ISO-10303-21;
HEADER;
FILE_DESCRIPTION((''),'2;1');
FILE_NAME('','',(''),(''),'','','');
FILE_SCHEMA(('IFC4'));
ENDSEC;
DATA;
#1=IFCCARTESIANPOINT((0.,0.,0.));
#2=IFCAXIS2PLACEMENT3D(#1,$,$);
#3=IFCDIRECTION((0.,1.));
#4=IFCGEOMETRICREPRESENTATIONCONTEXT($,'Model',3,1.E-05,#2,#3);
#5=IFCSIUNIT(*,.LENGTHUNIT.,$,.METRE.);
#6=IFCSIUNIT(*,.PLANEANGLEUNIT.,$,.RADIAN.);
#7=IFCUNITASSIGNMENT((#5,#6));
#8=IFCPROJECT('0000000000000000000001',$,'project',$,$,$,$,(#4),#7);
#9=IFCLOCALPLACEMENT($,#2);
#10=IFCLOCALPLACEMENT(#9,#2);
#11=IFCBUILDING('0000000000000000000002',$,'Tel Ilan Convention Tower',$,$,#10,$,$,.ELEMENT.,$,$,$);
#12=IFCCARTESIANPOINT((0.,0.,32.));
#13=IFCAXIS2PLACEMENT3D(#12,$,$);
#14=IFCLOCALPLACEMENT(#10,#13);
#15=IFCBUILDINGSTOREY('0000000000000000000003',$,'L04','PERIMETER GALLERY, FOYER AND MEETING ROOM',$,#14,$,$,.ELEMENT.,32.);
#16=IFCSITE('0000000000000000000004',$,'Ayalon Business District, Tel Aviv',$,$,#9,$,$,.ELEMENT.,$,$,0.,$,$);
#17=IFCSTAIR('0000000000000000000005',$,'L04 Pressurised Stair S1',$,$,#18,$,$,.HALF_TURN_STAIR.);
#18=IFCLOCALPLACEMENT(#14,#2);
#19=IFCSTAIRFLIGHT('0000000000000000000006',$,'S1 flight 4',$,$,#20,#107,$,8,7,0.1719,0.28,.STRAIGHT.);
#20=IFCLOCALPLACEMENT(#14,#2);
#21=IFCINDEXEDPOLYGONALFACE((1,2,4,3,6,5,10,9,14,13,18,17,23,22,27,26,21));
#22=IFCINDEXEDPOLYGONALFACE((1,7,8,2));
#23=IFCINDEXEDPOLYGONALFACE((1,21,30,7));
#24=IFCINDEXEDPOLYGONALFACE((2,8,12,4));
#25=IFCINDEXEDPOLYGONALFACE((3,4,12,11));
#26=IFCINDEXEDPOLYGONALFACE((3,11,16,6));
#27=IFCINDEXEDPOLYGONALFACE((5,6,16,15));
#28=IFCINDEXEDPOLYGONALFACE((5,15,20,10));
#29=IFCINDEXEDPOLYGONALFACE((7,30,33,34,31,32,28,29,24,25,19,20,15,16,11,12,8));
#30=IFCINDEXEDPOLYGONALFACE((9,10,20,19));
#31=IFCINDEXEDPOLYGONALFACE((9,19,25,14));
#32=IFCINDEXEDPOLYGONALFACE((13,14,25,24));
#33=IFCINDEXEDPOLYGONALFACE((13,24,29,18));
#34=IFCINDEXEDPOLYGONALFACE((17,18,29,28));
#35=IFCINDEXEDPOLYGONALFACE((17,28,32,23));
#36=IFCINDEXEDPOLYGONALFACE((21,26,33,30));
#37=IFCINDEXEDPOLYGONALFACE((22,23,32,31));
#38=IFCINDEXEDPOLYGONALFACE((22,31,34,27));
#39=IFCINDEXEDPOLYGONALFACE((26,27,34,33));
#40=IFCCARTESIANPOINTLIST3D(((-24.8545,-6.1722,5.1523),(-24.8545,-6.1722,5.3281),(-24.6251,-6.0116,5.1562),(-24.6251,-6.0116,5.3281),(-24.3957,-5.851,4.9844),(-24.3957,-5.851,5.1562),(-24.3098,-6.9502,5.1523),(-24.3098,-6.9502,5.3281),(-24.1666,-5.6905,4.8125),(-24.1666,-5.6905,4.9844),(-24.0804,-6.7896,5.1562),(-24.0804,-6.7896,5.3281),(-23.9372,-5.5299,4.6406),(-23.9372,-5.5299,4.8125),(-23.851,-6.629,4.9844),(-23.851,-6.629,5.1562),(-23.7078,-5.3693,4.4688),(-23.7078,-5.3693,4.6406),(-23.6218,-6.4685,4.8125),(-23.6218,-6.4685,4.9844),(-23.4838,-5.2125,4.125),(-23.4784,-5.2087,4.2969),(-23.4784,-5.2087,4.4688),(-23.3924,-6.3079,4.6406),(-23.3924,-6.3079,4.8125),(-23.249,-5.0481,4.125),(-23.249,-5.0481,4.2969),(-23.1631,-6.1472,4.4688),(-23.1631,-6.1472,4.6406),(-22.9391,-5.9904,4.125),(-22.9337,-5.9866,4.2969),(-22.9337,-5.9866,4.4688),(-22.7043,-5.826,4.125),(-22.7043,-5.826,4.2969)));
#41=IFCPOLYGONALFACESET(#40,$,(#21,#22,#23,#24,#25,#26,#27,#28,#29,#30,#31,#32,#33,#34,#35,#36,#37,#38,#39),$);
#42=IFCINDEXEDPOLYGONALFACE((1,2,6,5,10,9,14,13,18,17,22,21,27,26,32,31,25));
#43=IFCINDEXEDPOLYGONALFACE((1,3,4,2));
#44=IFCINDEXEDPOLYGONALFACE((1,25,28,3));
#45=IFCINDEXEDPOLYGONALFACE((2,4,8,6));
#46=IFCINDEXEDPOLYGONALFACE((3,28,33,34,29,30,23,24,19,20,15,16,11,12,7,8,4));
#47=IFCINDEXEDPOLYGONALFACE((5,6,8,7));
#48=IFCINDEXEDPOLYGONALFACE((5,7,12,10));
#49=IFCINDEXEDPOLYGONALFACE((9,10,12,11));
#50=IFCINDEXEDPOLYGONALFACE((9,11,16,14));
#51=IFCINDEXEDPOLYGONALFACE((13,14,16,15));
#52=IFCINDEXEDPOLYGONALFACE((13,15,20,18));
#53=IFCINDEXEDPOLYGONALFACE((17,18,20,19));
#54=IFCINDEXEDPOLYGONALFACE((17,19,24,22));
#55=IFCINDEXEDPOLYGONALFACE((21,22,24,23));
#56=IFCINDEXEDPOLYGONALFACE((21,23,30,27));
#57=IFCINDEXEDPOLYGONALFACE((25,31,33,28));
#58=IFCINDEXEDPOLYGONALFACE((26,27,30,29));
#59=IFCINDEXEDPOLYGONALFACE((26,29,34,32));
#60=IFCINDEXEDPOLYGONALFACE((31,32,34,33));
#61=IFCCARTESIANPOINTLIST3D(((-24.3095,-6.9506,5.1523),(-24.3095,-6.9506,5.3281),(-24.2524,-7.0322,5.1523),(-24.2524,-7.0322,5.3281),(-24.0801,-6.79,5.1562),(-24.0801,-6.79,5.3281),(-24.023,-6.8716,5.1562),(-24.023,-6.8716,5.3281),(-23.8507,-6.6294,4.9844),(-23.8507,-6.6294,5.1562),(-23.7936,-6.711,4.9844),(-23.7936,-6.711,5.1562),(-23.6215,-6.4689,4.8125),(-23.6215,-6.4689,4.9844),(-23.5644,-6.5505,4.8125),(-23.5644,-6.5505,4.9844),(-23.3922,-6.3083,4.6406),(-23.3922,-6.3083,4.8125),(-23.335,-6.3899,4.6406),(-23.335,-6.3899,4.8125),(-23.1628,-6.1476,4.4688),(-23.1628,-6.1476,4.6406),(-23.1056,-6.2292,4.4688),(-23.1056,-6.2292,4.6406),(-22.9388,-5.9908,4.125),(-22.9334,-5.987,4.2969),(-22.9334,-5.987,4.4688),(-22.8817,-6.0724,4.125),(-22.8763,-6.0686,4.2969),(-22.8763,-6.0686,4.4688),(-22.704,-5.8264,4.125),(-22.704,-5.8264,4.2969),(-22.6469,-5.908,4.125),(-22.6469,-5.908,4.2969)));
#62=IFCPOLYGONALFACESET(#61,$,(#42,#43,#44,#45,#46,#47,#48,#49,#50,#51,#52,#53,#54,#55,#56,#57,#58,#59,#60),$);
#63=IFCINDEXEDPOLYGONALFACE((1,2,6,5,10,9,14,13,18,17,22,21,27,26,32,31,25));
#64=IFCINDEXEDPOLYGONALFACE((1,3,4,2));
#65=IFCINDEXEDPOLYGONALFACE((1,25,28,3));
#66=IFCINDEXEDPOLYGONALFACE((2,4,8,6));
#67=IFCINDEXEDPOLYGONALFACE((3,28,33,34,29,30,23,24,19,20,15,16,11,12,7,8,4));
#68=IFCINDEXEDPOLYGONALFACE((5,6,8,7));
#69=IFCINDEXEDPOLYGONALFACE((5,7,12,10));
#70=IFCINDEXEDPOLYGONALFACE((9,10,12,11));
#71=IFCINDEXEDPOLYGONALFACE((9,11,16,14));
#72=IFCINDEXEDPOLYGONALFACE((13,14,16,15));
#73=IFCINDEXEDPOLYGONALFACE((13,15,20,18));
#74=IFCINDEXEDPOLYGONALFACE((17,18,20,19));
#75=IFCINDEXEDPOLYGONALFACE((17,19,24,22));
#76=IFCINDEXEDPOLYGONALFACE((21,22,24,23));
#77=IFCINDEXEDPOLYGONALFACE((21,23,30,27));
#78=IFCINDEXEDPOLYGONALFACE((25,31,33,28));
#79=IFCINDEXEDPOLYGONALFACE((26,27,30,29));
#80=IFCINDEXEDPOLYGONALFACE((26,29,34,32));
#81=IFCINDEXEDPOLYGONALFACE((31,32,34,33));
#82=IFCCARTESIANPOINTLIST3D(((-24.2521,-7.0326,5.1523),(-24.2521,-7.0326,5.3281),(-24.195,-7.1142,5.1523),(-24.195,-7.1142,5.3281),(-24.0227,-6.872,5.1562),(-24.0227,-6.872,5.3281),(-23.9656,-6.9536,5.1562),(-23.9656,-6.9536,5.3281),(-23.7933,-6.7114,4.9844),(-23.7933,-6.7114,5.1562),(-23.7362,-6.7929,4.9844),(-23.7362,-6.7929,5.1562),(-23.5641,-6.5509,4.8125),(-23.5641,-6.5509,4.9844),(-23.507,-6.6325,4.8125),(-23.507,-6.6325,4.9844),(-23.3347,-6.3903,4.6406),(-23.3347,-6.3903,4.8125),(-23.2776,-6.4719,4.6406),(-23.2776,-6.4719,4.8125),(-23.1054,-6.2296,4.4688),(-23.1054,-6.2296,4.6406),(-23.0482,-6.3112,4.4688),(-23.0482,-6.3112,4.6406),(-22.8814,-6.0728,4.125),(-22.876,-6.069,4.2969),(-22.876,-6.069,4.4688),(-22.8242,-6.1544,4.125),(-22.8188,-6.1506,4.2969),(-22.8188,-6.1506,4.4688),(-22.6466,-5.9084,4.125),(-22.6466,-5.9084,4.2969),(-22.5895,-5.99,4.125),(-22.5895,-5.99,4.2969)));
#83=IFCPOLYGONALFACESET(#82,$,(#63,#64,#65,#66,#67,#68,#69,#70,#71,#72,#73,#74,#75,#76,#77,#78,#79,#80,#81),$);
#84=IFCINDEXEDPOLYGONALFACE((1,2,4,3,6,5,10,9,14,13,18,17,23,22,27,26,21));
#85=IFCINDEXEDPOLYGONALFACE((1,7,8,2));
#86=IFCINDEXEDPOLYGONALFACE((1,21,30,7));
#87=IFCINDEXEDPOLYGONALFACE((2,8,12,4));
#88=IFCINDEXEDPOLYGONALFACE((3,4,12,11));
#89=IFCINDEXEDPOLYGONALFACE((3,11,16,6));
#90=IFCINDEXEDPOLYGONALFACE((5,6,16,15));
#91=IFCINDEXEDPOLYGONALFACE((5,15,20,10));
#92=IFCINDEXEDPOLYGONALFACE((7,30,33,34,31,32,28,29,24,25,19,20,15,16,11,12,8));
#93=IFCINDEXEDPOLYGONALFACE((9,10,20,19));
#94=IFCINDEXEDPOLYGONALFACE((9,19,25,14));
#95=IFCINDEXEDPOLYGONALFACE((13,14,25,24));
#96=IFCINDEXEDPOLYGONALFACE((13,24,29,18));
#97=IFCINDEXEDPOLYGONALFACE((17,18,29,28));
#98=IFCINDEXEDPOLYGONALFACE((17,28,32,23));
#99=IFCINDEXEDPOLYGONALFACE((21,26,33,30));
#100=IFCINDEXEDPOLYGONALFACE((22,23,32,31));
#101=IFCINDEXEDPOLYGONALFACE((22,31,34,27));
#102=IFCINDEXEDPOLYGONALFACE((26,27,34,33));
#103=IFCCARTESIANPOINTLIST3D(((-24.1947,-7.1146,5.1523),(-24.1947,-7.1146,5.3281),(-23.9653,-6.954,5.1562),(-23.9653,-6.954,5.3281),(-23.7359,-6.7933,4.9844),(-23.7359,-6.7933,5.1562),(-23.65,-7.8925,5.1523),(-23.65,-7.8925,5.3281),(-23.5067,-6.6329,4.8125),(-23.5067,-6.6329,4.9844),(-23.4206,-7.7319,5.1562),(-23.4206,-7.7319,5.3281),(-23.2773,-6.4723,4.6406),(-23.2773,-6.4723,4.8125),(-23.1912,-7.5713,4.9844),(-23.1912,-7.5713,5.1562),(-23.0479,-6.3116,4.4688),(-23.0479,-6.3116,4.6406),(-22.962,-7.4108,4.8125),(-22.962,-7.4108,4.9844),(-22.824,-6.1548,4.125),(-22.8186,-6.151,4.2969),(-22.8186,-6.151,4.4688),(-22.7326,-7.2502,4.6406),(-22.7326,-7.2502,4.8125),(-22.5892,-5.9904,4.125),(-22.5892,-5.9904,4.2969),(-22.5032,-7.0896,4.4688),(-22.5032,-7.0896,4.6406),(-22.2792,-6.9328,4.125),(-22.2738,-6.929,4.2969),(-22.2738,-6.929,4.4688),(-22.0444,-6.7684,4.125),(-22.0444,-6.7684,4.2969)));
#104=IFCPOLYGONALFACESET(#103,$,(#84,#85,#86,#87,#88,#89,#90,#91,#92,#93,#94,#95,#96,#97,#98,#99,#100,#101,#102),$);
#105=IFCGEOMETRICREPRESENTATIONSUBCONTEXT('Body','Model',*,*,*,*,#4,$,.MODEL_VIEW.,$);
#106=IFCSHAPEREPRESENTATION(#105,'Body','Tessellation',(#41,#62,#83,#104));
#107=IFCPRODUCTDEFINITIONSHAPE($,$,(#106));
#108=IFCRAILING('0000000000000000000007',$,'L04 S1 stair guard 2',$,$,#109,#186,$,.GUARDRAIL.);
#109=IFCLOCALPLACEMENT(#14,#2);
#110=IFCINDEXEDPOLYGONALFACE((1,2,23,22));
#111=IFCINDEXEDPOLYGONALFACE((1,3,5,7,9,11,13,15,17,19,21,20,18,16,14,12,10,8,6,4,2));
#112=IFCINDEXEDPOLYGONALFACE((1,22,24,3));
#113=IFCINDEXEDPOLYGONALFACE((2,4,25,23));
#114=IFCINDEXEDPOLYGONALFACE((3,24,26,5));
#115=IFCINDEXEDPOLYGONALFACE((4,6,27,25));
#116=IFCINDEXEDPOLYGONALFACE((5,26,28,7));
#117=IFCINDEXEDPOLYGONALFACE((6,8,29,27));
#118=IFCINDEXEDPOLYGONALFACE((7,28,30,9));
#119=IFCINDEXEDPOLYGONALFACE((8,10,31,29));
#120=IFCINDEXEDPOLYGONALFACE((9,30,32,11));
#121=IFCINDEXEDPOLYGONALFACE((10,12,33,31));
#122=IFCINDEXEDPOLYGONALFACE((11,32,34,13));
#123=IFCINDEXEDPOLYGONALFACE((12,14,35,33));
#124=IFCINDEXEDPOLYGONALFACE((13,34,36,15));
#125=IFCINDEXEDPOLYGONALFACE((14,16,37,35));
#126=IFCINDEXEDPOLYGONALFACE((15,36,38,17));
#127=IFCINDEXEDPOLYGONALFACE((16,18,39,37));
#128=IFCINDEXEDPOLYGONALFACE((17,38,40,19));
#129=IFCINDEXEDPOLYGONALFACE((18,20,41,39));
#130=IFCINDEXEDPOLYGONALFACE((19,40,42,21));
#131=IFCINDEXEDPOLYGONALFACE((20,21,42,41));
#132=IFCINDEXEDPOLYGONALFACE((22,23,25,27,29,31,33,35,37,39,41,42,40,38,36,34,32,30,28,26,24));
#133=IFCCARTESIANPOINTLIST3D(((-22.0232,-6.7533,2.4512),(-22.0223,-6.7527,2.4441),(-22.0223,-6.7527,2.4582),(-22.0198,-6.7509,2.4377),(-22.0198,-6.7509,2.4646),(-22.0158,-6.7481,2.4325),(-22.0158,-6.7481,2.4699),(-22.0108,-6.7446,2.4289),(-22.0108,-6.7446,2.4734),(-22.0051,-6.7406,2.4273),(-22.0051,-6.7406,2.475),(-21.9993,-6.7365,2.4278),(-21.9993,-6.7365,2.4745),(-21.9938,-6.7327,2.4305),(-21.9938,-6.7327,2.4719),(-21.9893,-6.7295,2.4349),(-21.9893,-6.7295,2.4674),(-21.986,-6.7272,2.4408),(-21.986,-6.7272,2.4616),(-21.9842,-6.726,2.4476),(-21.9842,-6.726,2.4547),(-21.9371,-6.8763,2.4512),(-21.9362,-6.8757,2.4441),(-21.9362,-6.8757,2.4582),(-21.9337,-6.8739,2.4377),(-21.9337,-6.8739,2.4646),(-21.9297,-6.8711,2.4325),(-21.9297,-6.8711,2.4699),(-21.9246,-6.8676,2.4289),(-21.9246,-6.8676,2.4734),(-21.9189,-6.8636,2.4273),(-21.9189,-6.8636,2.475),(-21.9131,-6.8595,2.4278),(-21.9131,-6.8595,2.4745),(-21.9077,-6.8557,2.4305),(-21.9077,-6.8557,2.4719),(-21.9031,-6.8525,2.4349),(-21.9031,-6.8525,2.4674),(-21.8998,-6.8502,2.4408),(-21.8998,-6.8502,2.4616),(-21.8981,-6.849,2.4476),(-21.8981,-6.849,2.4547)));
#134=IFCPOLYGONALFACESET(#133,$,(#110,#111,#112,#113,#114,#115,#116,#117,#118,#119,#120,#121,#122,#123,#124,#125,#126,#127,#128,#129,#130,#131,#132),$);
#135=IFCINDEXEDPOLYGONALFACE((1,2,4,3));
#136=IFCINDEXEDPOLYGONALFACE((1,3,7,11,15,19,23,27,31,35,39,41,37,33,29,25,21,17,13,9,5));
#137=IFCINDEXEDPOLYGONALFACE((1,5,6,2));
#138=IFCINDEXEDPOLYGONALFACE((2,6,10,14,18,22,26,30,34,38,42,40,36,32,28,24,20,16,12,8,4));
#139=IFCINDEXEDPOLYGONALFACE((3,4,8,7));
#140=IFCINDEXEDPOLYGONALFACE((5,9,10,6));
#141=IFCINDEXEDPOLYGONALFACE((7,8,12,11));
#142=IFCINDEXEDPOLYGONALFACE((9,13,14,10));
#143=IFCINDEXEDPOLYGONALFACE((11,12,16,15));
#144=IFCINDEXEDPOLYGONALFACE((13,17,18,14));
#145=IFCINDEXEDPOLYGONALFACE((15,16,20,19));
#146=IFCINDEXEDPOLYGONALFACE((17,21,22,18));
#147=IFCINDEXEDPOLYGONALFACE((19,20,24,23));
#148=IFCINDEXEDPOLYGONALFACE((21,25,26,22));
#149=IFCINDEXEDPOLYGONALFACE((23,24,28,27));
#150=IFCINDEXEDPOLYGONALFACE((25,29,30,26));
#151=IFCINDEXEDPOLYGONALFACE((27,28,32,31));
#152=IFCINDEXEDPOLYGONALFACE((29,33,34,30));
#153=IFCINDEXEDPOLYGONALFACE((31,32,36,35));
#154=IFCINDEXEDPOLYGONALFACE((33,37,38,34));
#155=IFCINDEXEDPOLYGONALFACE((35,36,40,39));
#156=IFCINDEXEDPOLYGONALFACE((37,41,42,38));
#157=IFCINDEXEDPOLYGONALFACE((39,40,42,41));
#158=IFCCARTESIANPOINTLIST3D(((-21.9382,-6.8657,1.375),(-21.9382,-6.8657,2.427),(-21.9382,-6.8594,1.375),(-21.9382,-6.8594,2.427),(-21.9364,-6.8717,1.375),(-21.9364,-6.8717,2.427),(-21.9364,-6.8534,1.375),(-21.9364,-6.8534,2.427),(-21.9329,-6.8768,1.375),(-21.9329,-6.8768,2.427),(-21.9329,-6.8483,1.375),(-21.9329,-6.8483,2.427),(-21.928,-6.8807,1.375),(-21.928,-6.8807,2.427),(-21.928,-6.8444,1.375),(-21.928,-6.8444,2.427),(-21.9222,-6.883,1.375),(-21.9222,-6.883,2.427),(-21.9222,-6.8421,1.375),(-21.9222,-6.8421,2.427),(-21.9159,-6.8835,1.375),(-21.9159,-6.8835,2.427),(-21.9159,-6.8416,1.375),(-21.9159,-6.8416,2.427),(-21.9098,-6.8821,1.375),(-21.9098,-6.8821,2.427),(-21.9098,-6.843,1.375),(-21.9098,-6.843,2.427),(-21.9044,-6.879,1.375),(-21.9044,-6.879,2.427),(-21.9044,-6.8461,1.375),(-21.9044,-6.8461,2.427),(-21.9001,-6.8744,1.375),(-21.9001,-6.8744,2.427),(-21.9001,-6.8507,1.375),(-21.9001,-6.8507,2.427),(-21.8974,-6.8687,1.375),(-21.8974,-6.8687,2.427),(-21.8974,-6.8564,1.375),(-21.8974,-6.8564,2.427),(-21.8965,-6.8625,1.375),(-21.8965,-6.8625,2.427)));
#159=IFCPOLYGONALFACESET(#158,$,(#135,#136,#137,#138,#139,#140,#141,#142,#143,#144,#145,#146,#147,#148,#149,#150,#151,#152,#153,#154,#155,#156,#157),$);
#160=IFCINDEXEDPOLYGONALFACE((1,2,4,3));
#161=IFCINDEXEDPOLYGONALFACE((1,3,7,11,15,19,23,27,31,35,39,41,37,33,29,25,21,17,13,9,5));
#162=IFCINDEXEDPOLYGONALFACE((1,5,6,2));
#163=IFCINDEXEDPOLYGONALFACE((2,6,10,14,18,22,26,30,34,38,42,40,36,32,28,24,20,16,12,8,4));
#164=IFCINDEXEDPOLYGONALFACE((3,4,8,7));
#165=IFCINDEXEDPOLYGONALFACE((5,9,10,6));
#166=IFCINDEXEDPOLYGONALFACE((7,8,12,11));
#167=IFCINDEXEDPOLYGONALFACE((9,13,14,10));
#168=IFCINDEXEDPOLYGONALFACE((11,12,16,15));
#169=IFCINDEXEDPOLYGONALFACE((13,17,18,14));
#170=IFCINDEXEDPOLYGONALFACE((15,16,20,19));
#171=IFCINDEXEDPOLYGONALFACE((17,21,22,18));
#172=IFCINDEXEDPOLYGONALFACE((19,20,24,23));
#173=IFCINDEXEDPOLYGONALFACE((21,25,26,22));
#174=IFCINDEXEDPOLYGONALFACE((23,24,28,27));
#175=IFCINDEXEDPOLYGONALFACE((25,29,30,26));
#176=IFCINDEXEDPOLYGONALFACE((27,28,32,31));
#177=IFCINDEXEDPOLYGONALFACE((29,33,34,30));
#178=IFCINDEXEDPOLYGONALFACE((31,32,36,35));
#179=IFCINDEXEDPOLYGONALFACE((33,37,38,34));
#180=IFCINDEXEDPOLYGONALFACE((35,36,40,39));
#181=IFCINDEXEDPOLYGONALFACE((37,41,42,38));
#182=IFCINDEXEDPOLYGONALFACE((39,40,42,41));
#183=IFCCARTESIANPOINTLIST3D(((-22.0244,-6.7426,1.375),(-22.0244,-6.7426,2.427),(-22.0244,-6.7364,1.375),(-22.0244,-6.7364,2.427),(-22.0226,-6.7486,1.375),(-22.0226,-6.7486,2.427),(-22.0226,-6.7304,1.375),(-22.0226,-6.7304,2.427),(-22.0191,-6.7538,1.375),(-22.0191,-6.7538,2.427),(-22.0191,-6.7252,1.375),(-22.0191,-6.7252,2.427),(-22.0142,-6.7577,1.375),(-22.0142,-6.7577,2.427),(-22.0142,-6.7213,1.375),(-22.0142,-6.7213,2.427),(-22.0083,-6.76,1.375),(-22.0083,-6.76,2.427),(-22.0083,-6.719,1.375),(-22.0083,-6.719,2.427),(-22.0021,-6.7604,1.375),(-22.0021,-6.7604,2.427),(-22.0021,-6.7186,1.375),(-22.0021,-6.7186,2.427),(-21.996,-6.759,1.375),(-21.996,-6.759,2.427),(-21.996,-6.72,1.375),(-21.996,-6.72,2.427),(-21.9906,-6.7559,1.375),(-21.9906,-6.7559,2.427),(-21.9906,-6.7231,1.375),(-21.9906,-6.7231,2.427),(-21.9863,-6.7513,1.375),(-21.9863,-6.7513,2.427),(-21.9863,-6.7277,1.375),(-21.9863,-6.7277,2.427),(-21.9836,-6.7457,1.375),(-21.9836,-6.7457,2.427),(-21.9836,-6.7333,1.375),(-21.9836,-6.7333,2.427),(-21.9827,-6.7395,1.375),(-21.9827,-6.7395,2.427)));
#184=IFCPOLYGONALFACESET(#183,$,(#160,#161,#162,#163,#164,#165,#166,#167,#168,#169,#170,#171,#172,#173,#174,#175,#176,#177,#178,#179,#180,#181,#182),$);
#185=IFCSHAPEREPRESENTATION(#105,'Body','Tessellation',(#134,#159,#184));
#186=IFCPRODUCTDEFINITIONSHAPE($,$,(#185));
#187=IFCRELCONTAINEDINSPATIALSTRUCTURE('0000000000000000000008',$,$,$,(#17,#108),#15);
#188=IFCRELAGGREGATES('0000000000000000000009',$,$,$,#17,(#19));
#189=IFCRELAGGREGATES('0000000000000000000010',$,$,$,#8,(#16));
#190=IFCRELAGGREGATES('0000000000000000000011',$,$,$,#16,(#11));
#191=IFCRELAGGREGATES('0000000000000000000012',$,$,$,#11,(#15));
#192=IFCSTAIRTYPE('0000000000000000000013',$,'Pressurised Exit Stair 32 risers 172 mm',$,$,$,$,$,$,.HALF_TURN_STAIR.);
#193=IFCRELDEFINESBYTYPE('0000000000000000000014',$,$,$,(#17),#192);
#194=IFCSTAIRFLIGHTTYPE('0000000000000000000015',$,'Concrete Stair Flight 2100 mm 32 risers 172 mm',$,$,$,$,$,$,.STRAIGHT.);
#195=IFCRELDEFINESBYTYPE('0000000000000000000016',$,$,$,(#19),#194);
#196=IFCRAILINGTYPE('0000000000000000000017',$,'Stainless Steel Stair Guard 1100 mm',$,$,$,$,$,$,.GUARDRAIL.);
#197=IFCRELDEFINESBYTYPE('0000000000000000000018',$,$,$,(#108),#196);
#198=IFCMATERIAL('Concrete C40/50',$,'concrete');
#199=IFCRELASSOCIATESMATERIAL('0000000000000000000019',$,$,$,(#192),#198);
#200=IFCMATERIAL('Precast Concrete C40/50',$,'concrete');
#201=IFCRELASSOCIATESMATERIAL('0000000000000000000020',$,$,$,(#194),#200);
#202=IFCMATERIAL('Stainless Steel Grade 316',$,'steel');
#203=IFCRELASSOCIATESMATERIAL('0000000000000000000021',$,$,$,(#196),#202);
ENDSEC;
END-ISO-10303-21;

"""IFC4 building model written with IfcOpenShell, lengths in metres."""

from ifc_helpers import new_model, si_unit, direction, frame, origin, origin_2d, place, context, subcontext, project, spatial, polyline, circle, outline, extrude, material, type_object, element, aggregate, save


model = new_model("IFC4")

# Units and contexts
model_context = context("Model", 3, precision=1e-05, world=origin(), true_north=direction((0.0, 1.0)))
body_context = subcontext(model_context, "Body", "Model", "MODEL_VIEW")
ifc_project = project(units=[si_unit("LENGTHUNIT", "METRE"), si_unit("PLANEANGLEUNIT", "RADIAN")], contexts=[model_context])

# Site, building, storey
site_placement = place(None, origin())
site = spatial("IfcSite", under=ifc_project, at=site_placement, Name="Ayalon Business District, Tel Aviv", CompositionType="ELEMENT", RefElevation=0.0)
building_placement = place(site_placement, origin())
building = spatial("IfcBuilding", under=site, at=building_placement, Name="Tel Ilan Convention Tower", CompositionType="ELEMENT")
storey_placement = place(building_placement, frame((0.0, 0.0, 32.0)))
storey = spatial("IfcBuildingStorey", under=building, at=storey_placement, Name="L04", Description="PERIMETER GALLERY, FOYER AND MEETING ROOM", CompositionType="ELEMENT", Elevation=32.0)

# Stair, stair flight
ifc_material_1 = material(Name="Concrete C40/50", Category="concrete")
stair_type = type_object("IfcStairType", Name="Pressurised Exit Stair 32 risers 172 mm", PredefinedType="HALF_TURN_STAIR", material=ifc_material_1)
stair_placement = place(storey_placement, origin())
stair = element("IfcStair", 1, at=stair_placement, inside=storey, type_object=stair_type, Name="L04 Pressurised Stair S1", PredefinedType="HALF_TURN_STAIR")
ifc_material_2 = material(Name="Precast Concrete C40/50", Category="concrete")
stair_flight_type = type_object("IfcStairFlightType", Name="Concrete Stair Flight 2100 mm 32 risers 172 mm", PredefinedType="STRAIGHT", material=ifc_material_2)
stair_flight_1_placement = place(storey_placement, frame((-22.6467, -5.9082, 4.125), z_axis=(0.0, 0.0, 1.0), x_axis=(-0.819152, -0.573576, 0.0)))
stair_flight_1 = element("IfcStairFlight", 2, at=stair_flight_1_placement, type_object=stair_flight_type, Name="S1 flight 4", NumberOfRisers=8, NumberOfTreads=7, PredefinedType="STRAIGHT", RiserHeight=0.1719, TreadLength=0.28, context=body_context, shape_type="SweptSolid", body=[
    extrude(outline(polyline([(0.0, 0.0), (0.0, 0.1719), (0.28, 0.1719), (0.28, 0.3438), (0.5601, 0.3438), (0.5601, 0.5156), (0.8401, 0.5156), (0.8401, 0.6875), (1.1201, 0.6875), (1.1201, 0.8594), (1.3999, 0.8594), (1.3999, 1.0312), (1.6799, 1.0312), (1.6799, 1.2031), (1.96, 1.2031), (1.96, 1.375), (1.96, 1.0273), (0.2866, 0.0), (0.0, 0.0)])), frame((0.0, -0.1003, 0.0), z_axis=(0.0, -1.0, 0.0), x_axis=(1.0, 0.0, 0.0)), (0.0, 0.0, 1.0), 0.9497),
    extrude(outline(polyline([(0.0, 0.0), (0.0, 0.1719), (0.28, 0.1719), (0.28, 0.3438), (0.5601, 0.3438), (0.5601, 0.5156), (0.8401, 0.5156), (0.8401, 0.6875), (1.1201, 0.6875), (1.1201, 0.8594), (1.3999, 0.8594), (1.3999, 1.0312), (1.6799, 1.0312), (1.6799, 1.2031), (1.96, 1.2031), (1.96, 1.375), (1.96, 1.0273), (0.2866, 0.0), (0.0, 0.0)])), frame((0.0, -0.0002, 0.0), z_axis=(0.0, -1.0, 0.0), x_axis=(1.0, 0.0, 0.0)), (0.0, 0.0, 1.0), 0.0996),
    extrude(outline(polyline([(0.0, 0.0), (0.0, 0.1719), (0.28, 0.1719), (0.28, 0.3438), (0.5601, 0.3438), (0.5601, 0.5156), (0.8401, 0.5156), (0.8401, 0.6875), (1.1201, 0.6875), (1.1201, 0.8594), (1.3999, 0.8594), (1.3999, 1.0312), (1.6799, 1.0312), (1.6799, 1.2031), (1.96, 1.2031), (1.96, 1.375), (1.96, 1.0273), (0.2866, 0.0), (0.0, 0.0)])), frame((0.0, 0.0999, 0.0), z_axis=(0.0, -1.0, 0.0), x_axis=(1.0, 0.0, 0.0)), (0.0, 0.0, 1.0), 0.0996),
    extrude(outline(polyline([(0.0, 0.0), (0.0, 0.1719), (0.28, 0.1719), (0.28, 0.3438), (0.5601, 0.3438), (0.5601, 0.5156), (0.8401, 0.5156), (0.8401, 0.6875), (1.1201, 0.6875), (1.1201, 0.8594), (1.3999, 0.8594), (1.3999, 1.0312), (1.6799, 1.0312), (1.6799, 1.2031), (1.96, 1.2031), (1.96, 1.375), (1.96, 1.0273), (0.2866, 0.0), (0.0, 0.0)])), frame((0.0, 1.05, 0.0), z_axis=(0.0, -1.0, 0.0), x_axis=(1.0, 0.0, 0.0)), (0.0, 0.0, 1.0), 0.9497),
])
aggregate(stair, [stair_flight_1])

# Railing
ifc_material_3 = material(Name="Stainless Steel Grade 316", Category="steel")
railing_type_1 = type_object("IfcRailingType", Name="Stainless Steel Stair Guard 1100 mm", PredefinedType="GUARDRAIL", material=ifc_material_3)
railing_1_placement = place(storey_placement, frame((-21.9175, -6.8625, 1.375)))
element("IfcRailing", 3, at=railing_1_placement, inside=storey, type_object=railing_type_1, Name="L04 S1 stair guard 2", PredefinedType="GUARDRAIL", context=body_context, shape_type="SweptSolid", body=[
    extrude(circle(Radius=0.0239, at=origin_2d()), frame((0.0, 0.0, 1.0762), z_axis=(-0.57368, 0.819079, 0.0), x_axis=(-0.819079, -0.57368, 0.0)), (0.0, 0.0, 1.0), 0.1501),
    extrude(circle(Radius=0.021, at=origin_2d()), origin(), (0.0, 0.0, 1.0), 1.052),
    extrude(circle(Radius=0.021, at=origin_2d()), frame((-0.0862, 0.123, 0.0)), (0.0, 0.0, 1.0), 1.052),
])

save(model, "model.ifc")
